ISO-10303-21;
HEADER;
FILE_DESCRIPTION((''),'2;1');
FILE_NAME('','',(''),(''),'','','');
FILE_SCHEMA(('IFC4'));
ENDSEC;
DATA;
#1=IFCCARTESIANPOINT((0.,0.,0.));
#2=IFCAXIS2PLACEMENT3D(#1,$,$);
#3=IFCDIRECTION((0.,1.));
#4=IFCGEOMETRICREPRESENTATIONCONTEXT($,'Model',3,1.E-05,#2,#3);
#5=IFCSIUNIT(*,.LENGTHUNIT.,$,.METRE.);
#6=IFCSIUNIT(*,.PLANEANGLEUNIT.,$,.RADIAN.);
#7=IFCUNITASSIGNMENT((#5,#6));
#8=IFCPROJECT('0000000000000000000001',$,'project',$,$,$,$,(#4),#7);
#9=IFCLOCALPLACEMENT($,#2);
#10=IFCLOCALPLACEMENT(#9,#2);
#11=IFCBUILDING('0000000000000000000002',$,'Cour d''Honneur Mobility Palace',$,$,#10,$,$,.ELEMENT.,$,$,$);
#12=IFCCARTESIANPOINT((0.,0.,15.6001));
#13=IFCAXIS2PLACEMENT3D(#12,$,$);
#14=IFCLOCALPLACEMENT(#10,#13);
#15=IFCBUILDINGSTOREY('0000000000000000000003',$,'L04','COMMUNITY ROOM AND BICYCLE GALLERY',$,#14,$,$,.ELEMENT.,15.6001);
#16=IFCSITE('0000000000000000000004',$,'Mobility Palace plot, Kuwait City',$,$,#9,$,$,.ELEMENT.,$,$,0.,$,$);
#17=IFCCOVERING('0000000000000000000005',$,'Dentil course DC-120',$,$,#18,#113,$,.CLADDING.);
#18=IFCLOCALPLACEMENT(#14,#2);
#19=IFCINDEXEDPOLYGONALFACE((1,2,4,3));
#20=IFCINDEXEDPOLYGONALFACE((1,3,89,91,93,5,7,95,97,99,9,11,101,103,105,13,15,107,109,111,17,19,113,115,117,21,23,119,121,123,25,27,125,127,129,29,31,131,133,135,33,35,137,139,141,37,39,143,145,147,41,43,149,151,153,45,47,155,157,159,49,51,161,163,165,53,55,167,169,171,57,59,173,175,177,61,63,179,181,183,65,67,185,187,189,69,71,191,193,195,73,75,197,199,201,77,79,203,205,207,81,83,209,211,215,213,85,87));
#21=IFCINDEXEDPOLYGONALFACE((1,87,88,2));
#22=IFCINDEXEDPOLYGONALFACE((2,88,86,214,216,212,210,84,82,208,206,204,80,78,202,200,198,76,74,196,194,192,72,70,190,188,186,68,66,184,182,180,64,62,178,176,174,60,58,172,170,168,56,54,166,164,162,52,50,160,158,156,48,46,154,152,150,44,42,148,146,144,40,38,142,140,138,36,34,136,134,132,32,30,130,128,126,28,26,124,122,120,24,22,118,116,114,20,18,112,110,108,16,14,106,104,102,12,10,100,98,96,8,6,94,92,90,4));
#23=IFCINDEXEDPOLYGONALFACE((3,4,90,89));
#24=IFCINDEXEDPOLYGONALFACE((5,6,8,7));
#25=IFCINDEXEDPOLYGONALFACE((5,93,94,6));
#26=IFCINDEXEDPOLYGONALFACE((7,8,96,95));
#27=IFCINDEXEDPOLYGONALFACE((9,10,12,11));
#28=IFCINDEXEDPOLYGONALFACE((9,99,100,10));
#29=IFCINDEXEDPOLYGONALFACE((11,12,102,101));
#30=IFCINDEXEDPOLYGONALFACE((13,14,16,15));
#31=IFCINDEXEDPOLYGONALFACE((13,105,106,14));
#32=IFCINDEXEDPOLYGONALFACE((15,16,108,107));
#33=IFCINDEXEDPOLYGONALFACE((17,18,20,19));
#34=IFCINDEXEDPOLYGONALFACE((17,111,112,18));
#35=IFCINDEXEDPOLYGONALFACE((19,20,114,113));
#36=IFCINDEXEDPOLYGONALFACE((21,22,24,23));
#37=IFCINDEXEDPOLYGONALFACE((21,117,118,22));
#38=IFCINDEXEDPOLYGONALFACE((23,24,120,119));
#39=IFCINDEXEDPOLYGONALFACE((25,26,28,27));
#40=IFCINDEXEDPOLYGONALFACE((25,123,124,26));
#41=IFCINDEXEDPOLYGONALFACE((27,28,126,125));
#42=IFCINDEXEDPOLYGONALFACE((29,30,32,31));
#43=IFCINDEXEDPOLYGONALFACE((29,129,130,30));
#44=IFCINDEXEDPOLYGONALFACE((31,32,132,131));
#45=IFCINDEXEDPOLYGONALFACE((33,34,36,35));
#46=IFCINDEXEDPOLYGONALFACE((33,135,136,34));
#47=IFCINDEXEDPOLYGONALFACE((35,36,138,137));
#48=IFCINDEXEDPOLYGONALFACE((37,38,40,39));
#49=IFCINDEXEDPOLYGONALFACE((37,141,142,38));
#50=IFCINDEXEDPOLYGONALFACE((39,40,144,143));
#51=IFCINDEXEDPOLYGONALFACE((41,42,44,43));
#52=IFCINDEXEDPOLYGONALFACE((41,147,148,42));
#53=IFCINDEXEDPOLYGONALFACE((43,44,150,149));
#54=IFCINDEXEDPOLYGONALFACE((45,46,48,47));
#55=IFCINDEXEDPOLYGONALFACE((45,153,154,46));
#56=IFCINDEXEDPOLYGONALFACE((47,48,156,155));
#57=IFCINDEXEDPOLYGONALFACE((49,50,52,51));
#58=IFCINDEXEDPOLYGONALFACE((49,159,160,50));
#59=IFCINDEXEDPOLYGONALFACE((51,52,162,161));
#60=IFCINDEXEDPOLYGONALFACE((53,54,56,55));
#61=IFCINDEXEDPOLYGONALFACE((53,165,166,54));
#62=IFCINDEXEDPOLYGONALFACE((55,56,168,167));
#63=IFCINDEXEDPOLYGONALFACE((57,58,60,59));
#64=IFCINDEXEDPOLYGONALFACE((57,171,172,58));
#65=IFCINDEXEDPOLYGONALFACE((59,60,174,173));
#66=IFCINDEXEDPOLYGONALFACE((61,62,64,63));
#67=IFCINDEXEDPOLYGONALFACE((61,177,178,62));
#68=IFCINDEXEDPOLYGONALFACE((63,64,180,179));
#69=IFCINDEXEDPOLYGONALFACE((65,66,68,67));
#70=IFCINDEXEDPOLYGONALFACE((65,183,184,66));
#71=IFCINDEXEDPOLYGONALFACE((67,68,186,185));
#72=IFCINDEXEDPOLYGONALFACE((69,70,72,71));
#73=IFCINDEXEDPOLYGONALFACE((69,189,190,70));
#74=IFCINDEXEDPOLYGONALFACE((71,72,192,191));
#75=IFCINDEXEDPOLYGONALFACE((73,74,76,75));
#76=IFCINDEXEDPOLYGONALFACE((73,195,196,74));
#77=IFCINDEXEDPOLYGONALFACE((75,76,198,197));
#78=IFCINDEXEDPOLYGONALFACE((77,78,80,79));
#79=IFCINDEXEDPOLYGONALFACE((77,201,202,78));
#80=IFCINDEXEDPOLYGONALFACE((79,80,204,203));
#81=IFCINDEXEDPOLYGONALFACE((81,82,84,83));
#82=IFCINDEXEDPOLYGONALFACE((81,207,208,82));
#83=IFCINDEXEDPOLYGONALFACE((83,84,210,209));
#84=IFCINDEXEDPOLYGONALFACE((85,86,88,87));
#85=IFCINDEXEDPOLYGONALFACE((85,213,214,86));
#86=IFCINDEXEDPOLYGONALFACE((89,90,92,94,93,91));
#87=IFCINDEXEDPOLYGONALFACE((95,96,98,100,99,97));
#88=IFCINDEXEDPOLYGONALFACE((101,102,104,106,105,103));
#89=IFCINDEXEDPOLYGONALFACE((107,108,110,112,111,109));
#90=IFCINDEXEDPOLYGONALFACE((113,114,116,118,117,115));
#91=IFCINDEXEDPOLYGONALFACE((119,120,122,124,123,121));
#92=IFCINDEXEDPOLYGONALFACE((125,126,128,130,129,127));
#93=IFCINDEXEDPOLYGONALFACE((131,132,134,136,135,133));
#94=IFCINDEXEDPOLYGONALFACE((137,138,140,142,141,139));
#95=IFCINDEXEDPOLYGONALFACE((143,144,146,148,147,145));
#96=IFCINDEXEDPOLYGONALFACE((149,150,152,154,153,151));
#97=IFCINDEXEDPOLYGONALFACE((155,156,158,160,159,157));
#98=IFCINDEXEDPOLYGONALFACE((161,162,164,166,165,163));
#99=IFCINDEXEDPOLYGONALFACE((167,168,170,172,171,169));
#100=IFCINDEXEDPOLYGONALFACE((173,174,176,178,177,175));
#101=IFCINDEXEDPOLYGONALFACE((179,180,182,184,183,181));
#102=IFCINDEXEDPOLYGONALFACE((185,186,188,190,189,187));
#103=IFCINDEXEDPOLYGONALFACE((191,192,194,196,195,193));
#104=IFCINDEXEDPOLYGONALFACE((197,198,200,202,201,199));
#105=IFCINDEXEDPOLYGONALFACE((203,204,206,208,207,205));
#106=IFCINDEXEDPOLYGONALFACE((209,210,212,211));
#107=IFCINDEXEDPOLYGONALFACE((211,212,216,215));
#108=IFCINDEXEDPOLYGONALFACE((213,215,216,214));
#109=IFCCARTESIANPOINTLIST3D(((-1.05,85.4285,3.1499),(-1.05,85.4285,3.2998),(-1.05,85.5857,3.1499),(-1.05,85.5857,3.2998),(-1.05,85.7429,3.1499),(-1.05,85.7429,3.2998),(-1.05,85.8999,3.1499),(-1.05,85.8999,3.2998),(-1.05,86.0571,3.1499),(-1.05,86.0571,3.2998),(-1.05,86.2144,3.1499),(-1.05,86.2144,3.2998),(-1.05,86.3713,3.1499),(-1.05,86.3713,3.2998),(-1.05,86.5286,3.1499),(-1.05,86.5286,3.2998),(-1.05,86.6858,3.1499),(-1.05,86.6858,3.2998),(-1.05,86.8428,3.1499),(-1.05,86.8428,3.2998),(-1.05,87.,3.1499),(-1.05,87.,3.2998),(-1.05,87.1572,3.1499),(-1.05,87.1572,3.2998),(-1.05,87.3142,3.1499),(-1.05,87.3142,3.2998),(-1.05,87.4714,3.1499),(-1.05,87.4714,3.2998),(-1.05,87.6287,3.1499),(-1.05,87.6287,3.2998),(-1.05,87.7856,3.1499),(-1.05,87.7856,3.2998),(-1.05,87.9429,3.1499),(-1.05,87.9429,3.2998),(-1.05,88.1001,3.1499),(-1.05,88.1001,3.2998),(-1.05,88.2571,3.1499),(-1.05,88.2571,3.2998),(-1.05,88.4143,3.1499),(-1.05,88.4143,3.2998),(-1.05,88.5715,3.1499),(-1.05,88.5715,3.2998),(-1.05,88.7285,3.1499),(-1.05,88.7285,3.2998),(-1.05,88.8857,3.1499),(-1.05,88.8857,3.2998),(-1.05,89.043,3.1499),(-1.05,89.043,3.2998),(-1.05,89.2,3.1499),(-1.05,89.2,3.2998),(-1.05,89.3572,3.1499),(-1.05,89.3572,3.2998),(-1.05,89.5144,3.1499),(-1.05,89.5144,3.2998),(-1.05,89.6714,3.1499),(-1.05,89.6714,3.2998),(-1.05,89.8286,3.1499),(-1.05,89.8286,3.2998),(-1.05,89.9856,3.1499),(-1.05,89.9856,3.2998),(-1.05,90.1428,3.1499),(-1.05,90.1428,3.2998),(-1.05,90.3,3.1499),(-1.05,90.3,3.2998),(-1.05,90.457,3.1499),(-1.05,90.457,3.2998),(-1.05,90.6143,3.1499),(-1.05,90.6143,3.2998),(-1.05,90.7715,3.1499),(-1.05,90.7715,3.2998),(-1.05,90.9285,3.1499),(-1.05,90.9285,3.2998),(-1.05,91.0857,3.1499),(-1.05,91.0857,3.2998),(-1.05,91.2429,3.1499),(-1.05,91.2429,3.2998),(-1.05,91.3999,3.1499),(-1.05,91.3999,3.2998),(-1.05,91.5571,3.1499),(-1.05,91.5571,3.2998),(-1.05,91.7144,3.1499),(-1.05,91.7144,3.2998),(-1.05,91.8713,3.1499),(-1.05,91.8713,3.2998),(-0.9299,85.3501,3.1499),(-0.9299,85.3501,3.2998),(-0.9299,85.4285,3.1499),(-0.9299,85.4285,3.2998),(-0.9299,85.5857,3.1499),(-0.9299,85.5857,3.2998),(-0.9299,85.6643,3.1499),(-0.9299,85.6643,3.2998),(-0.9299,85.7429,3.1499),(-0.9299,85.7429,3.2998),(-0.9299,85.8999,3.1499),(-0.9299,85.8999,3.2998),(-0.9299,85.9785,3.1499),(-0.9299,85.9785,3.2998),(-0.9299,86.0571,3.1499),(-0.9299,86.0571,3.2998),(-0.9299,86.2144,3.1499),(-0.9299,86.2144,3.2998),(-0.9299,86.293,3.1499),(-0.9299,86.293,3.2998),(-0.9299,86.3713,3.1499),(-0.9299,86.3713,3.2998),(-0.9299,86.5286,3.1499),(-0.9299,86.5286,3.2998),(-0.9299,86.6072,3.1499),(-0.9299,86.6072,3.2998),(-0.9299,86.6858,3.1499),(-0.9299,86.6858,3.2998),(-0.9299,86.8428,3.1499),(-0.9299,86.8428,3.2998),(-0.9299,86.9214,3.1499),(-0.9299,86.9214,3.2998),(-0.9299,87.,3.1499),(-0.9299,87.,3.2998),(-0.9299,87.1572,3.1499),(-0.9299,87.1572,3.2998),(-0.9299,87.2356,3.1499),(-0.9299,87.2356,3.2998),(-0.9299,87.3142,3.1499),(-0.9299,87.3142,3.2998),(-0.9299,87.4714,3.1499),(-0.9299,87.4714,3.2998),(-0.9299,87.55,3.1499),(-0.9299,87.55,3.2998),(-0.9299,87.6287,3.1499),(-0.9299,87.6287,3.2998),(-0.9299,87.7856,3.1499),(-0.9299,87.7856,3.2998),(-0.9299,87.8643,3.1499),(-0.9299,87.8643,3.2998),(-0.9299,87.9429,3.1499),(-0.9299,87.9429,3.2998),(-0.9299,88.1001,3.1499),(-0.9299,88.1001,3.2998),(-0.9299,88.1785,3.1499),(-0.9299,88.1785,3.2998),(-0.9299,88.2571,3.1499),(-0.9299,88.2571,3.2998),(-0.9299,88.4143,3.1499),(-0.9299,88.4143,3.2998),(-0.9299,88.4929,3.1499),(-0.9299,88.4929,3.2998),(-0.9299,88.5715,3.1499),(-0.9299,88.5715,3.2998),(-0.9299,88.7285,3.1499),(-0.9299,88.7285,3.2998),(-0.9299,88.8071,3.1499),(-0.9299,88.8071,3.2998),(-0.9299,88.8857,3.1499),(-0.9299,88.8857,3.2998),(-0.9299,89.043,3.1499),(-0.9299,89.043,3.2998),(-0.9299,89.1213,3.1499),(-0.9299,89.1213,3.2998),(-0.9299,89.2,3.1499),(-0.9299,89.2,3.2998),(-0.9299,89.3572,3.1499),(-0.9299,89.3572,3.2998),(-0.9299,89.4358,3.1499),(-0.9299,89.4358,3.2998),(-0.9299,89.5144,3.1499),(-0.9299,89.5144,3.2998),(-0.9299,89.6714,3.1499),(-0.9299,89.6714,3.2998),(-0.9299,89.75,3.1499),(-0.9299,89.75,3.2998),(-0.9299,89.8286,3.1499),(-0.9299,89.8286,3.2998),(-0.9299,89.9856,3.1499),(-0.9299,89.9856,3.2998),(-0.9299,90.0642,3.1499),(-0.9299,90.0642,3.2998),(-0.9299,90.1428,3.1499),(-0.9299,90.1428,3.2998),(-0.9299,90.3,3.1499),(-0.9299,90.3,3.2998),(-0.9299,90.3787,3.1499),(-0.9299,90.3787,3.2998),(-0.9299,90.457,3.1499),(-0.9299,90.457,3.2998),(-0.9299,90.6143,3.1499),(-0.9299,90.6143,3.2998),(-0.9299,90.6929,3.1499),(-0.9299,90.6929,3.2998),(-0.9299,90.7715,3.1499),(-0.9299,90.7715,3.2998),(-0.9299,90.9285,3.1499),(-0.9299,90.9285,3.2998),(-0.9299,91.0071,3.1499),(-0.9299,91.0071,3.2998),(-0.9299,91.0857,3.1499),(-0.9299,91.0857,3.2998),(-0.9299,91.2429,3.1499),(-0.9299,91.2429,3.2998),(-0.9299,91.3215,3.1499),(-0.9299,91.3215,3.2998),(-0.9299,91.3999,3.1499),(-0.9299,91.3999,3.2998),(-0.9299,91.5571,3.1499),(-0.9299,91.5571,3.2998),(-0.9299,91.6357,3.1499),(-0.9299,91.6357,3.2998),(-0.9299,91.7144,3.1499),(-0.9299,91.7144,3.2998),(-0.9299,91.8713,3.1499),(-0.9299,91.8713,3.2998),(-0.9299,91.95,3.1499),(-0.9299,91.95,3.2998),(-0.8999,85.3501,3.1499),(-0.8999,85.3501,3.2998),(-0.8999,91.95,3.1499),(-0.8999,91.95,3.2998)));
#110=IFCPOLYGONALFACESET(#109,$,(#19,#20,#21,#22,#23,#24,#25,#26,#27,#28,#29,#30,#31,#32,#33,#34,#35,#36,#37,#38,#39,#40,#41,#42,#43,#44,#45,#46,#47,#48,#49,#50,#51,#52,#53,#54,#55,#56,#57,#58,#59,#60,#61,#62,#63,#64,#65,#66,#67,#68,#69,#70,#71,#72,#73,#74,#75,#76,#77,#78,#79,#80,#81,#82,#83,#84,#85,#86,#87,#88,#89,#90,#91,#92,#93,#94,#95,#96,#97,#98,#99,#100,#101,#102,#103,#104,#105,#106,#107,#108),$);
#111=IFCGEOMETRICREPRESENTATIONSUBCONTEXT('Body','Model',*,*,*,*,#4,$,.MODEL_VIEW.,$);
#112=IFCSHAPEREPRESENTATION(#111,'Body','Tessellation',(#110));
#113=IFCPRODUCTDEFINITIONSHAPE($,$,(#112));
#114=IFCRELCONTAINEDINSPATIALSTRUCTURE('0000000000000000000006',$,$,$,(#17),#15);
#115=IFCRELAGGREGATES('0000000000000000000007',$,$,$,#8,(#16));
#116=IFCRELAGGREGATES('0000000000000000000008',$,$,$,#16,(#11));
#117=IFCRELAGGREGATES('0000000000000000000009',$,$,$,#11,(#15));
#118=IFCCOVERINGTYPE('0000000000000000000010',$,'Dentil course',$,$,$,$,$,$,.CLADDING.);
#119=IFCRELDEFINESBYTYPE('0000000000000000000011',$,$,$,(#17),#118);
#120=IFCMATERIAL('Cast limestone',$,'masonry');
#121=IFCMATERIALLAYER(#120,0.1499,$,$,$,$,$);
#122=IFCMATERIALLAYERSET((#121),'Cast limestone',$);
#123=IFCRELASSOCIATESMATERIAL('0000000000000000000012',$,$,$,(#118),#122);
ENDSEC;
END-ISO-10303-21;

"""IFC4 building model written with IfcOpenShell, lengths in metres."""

from ifc_helpers import new_model, si_unit, direction, frame, origin, place, context, subcontext, project, spatial, polyline, outline, extrude, material, layer, layer_set, type_object, element, save


model = new_model("IFC4")

# Units and contexts
model_context = context("Model", 3, precision=1e-05, world=origin(), true_north=direction((0.0, 1.0)))
body_context = subcontext(model_context, "Body", "Model", "MODEL_VIEW")
ifc_project = project(units=[si_unit("LENGTHUNIT", "METRE"), si_unit("PLANEANGLEUNIT", "RADIAN")], contexts=[model_context])

# Site, building, storey
site_placement = place(None, origin())
site = spatial("IfcSite", under=ifc_project, at=site_placement, Name="Mobility Palace plot, Kuwait City", CompositionType="ELEMENT", RefElevation=0.0)
building_placement = place(site_placement, origin())
building = spatial("IfcBuilding", under=site, at=building_placement, Name="Cour d'Honneur Mobility Palace", CompositionType="ELEMENT")
storey_placement = place(building_placement, frame((0.0, 0.0, 15.6001)))
storey = spatial("IfcBuildingStorey", under=building, at=storey_placement, Name="L04", Description="COMMUNITY ROOM AND BICYCLE GALLERY", CompositionType="ELEMENT", Elevation=15.6001)

# Covering
ifc_material = material(Name="Cast limestone", Category="masonry")
ifc_layer = layer(ifc_material, 0.1499)
ifc_layer_set = layer_set([ifc_layer], Name="Cast limestone")
covering_type = type_object("IfcCoveringType", Name="Dentil course", PredefinedType="CLADDING", material=ifc_layer_set)
covering_1_placement = place(storey_placement, frame((0.0, 0.0, 3.1499)))
element("IfcCovering", 1, at=covering_1_placement, inside=storey, type_object=covering_type, Name="Dentil course DC-120", PredefinedType="CLADDING", context=body_context, shape_type="SweptSolid", body=[
    extrude(outline(polyline([(-0.8999, 91.95), (-0.8999, 85.3501), (-0.9299, 85.3501), (-0.9299, 85.3501), (-0.9299, 85.4285), (-1.05, 85.4285), (-1.05, 85.5857), (-0.9299, 85.5857), (-0.9299, 85.6643), (-0.9299, 85.6643), (-0.9299, 85.7429), (-1.05, 85.7429), (-1.05, 85.8999), (-0.9299, 85.8999), (-0.9299, 85.9785), (-0.9299, 85.9785), (-0.9299, 86.0571), (-1.05, 86.0571), (-1.05, 86.2144), (-0.9299, 86.2144), (-0.9299, 86.293), (-0.9299, 86.293), (-0.9299, 86.3713), (-1.05, 86.3713), (-1.05, 86.5286), (-0.9299, 86.5286), (-0.9299, 86.6072), (-0.9299, 86.6072), (-0.9299, 86.6858), (-1.05, 86.6858), (-1.05, 86.8428), (-0.9299, 86.8428), (-0.9299, 86.9214), (-0.9299, 86.9214), (-0.9299, 87.0), (-1.05, 87.0), (-1.05, 87.1572), (-0.9299, 87.1572), (-0.9299, 87.2356), (-0.9299, 87.2356), (-0.9299, 87.3142), (-1.05, 87.3142), (-1.05, 87.4714), (-0.9299, 87.4714), (-0.9299, 87.55), (-0.9299, 87.55), (-0.9299, 87.6287), (-1.05, 87.6287), (-1.05, 87.7856), (-0.9299, 87.7856), (-0.9299, 87.8643), (-0.9299, 87.8643), (-0.9299, 87.9429), (-1.05, 87.9429), (-1.05, 88.1001), (-0.9299, 88.1001), (-0.9299, 88.1785), (-0.9299, 88.1785), (-0.9299, 88.2571), (-1.05, 88.2571), (-1.05, 88.4143), (-0.9299, 88.4143), (-0.9299, 88.4929), (-0.9299, 88.4929), (-0.9299, 88.5715), (-1.05, 88.5715), (-1.05, 88.7285), (-0.9299, 88.7285), (-0.9299, 88.8071), (-0.9299, 88.8071), (-0.9299, 88.8857), (-1.05, 88.8857), (-1.05, 89.043), (-0.9299, 89.043), (-0.9299, 89.1213), (-0.9299, 89.1213), (-0.9299, 89.2), (-1.05, 89.2), (-1.05, 89.3572), (-0.9299, 89.3572), (-0.9299, 89.4358), (-0.9299, 89.4358), (-0.9299, 89.5144), (-1.05, 89.5144), (-1.05, 89.6714), (-0.9299, 89.6714), (-0.9299, 89.75), (-0.9299, 89.75), (-0.9299, 89.8286), (-1.05, 89.8286), (-1.05, 89.9856), (-0.9299, 89.9856), (-0.9299, 90.0642), (-0.9299, 90.0642), (-0.9299, 90.1428), (-1.05, 90.1428), (-1.05, 90.3), (-0.9299, 90.3), (-0.9299, 90.3787), (-0.9299, 90.3787), (-0.9299, 90.457), (-1.05, 90.457), (-1.05, 90.6143), (-0.9299, 90.6143), (-0.9299, 90.6929), (-0.9299, 90.6929), (-0.9299, 90.7715), (-1.05, 90.7715), (-1.05, 90.9285), (-0.9299, 90.9285), (-0.9299, 91.0071), (-0.9299, 91.0071), (-0.9299, 91.0857), (-1.05, 91.0857), (-1.05, 91.2429), (-0.9299, 91.2429), (-0.9299, 91.3215), (-0.9299, 91.3215), (-0.9299, 91.3999), (-1.05, 91.3999), (-1.05, 91.5571), (-0.9299, 91.5571), (-0.9299, 91.6357), (-0.9299, 91.6357), (-0.9299, 91.7144), (-1.05, 91.7144), (-1.05, 91.8713), (-0.9299, 91.8713), (-0.9299, 91.95), (-0.8999, 91.95)])), origin(), (0.0, 0.0, 1.0), 0.1499),
])

save(model, "model.ifc")
